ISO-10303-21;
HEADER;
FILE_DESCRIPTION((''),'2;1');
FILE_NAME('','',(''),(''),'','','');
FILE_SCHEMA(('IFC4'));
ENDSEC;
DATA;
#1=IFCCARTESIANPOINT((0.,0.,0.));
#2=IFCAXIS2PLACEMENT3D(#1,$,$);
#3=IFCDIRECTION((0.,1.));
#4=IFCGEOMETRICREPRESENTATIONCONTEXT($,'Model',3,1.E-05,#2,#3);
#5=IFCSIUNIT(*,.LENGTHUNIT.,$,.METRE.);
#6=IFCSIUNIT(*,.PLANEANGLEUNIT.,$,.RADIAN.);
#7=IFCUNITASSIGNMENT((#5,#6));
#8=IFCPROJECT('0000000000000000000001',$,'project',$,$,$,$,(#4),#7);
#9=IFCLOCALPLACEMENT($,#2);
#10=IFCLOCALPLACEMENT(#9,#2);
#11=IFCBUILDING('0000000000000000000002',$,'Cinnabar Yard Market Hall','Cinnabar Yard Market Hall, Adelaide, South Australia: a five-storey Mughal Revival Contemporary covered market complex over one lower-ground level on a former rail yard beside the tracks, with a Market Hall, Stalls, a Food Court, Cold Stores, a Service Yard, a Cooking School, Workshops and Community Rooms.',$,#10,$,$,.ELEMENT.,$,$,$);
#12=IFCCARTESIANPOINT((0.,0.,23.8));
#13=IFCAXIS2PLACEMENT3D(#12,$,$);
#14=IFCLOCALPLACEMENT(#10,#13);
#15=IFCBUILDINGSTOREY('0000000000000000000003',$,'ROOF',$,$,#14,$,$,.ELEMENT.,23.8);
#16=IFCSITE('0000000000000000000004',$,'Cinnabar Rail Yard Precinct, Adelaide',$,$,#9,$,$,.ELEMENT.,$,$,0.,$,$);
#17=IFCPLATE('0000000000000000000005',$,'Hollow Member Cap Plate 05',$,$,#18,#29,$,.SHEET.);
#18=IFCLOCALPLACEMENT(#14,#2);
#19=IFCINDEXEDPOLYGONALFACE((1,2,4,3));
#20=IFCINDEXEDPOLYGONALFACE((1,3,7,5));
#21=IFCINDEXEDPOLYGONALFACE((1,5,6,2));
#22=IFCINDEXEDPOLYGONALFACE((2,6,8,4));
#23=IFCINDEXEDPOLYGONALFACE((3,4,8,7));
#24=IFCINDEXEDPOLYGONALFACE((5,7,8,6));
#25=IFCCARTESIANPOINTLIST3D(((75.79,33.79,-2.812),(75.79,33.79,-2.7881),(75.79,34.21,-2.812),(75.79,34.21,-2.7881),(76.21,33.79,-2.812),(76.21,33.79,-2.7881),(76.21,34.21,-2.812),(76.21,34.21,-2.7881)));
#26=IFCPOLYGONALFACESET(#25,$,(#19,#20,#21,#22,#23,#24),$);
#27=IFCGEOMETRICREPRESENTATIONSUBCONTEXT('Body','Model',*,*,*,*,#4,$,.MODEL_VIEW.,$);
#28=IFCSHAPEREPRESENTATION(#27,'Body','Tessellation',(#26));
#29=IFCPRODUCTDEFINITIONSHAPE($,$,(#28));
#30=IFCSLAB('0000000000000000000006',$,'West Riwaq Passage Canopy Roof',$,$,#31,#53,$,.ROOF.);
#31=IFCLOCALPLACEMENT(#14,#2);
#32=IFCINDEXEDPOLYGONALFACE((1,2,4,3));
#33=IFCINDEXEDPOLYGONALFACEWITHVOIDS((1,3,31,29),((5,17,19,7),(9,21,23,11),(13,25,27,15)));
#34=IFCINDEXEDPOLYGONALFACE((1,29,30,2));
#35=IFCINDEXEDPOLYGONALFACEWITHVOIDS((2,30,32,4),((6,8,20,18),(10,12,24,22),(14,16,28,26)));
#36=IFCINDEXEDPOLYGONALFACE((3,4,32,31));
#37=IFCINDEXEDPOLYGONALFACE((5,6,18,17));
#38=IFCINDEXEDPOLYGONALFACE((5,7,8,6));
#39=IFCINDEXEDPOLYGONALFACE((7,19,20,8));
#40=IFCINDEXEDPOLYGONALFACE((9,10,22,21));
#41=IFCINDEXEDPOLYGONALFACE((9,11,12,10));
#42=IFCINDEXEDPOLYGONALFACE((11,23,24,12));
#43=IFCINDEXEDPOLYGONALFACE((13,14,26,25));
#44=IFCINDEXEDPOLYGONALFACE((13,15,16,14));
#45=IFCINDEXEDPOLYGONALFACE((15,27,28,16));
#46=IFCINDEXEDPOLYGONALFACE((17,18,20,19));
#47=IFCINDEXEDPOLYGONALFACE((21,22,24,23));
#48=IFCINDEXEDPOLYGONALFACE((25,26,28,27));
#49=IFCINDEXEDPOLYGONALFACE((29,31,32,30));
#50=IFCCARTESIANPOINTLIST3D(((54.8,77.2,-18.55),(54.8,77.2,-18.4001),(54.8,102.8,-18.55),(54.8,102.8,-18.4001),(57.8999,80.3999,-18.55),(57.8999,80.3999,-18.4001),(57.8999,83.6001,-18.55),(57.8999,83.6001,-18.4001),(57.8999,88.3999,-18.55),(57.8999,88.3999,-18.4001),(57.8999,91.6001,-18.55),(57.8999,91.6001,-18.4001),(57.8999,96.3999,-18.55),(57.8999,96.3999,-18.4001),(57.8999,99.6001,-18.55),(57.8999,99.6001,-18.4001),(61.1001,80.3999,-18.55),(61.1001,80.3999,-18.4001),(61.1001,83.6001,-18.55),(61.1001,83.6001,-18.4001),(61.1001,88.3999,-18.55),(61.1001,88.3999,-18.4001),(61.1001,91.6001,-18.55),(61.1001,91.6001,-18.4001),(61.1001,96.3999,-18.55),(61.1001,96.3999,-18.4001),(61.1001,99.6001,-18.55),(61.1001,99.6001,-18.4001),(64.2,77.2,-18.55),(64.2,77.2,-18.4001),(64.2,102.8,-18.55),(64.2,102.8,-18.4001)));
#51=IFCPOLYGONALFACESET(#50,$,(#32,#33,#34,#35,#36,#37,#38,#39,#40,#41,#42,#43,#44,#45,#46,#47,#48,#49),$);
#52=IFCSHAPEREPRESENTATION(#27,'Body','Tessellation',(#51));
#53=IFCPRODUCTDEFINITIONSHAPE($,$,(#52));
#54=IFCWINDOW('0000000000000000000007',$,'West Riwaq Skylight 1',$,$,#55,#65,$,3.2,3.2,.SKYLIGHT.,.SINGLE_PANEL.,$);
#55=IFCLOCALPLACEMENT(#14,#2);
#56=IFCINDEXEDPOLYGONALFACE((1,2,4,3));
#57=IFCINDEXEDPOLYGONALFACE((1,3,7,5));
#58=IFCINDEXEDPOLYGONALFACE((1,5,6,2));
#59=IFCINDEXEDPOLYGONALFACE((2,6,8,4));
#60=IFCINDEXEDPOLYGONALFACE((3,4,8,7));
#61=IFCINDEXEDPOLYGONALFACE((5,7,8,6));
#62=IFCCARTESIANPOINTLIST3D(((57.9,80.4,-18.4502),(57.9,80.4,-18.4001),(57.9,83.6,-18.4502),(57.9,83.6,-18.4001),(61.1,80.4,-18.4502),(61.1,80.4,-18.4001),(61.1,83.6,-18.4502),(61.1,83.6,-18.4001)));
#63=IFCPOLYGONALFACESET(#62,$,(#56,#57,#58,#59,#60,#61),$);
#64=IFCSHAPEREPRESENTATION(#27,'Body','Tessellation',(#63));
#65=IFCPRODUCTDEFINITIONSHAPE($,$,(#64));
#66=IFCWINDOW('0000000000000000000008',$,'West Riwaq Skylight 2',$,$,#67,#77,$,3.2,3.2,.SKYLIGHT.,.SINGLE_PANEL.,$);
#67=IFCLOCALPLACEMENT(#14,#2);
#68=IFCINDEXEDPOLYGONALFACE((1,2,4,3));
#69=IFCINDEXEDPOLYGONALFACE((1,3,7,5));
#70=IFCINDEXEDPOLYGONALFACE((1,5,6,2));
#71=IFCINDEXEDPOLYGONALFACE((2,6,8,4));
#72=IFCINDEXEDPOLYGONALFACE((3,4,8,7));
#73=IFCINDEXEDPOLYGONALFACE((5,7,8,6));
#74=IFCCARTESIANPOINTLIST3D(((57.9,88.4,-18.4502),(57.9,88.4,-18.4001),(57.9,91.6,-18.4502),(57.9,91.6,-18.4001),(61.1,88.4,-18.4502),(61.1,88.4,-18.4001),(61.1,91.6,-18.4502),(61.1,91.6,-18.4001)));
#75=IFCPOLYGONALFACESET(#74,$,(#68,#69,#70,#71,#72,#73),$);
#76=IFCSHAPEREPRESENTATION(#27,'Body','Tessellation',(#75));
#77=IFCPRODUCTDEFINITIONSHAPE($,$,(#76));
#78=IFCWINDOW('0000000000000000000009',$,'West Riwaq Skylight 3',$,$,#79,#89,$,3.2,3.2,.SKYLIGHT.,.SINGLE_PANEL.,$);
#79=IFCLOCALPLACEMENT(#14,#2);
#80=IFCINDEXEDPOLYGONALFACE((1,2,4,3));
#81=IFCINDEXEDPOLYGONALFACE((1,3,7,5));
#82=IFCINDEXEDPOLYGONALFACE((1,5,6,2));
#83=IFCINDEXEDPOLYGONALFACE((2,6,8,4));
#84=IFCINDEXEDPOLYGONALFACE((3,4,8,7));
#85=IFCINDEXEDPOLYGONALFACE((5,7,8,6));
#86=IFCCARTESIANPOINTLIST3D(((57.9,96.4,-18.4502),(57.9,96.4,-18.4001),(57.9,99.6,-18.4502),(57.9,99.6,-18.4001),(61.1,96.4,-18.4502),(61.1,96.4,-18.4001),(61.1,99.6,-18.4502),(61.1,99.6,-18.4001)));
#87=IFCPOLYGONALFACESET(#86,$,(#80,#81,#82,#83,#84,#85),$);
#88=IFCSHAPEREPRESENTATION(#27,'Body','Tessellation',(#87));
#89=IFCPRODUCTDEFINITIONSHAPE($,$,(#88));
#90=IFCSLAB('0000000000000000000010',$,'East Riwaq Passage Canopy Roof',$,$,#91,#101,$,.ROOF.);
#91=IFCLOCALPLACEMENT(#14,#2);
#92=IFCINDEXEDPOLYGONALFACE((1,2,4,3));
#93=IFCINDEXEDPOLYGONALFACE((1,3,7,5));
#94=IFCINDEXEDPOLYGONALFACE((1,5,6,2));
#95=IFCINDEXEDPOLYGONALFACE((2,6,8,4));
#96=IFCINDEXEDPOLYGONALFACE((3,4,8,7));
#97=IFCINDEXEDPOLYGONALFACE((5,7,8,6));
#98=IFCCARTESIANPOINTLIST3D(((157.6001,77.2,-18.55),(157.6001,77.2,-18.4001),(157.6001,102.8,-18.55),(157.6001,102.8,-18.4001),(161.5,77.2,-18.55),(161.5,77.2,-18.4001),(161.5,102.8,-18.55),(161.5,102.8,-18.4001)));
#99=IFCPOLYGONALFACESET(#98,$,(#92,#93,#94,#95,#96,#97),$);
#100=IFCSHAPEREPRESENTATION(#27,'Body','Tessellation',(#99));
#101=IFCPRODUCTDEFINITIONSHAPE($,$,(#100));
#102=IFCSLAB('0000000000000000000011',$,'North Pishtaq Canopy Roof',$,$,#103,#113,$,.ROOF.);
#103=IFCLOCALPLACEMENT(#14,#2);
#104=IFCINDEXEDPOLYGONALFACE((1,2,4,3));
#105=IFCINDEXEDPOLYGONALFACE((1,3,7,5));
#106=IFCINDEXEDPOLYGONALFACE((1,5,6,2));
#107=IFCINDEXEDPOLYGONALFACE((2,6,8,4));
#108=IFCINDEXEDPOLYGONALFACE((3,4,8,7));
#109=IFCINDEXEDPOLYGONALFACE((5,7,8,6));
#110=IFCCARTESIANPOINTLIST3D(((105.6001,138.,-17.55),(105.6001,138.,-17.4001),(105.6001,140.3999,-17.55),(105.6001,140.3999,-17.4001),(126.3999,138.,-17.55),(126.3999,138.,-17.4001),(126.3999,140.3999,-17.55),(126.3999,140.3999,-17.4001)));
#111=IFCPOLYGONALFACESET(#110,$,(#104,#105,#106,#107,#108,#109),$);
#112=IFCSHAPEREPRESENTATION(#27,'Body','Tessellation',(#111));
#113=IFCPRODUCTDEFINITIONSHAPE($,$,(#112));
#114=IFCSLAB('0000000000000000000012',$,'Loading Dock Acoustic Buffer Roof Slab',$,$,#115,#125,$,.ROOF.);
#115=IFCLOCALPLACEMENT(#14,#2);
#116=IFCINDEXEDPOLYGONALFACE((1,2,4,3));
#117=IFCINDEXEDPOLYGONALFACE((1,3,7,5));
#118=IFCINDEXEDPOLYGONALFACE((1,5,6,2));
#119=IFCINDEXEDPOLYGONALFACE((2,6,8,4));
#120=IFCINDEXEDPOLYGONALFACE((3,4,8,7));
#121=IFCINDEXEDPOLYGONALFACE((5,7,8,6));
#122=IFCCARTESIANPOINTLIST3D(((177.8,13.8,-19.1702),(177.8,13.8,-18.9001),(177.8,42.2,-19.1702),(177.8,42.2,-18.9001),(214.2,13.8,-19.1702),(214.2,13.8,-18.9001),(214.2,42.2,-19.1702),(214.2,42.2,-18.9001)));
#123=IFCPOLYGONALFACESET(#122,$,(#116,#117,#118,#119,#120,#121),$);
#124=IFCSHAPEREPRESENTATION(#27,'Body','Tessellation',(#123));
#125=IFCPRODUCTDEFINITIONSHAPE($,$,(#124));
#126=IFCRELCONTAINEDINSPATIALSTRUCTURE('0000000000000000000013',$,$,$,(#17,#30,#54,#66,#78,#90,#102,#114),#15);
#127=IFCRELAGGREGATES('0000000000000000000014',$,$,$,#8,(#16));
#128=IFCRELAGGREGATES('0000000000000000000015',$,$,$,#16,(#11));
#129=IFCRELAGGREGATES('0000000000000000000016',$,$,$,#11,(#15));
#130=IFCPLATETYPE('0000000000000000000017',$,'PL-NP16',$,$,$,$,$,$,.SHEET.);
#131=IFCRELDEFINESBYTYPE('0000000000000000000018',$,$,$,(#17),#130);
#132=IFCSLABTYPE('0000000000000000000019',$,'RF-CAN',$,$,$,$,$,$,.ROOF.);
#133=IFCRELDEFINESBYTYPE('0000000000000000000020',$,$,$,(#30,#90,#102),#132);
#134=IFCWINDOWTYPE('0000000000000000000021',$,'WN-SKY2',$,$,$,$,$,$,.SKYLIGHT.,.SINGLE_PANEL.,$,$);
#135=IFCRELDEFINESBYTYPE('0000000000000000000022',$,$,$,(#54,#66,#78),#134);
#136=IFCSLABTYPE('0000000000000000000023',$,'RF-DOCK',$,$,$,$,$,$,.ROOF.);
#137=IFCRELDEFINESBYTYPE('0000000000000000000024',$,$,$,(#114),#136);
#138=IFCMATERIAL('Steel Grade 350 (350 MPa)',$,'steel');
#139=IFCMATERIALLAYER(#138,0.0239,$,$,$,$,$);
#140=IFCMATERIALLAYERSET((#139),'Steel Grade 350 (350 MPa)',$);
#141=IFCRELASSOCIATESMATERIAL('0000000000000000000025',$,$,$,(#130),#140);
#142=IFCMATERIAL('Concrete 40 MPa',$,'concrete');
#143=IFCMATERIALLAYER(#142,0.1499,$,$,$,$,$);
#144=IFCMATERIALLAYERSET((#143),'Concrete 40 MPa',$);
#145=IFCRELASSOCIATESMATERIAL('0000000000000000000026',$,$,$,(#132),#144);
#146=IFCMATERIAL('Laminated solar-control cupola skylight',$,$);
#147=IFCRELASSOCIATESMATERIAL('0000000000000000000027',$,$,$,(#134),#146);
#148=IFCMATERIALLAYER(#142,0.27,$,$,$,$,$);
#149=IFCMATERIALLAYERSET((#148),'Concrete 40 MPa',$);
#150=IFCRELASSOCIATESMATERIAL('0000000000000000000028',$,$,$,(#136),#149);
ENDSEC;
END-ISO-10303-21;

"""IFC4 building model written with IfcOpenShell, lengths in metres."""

from ifc_helpers import new_model, si_unit, direction, frame, origin, origin_2d_with_axis, place, context, subcontext, project, spatial, polyline, rectangle, outline, extrude, material, layer, layer_set, type_object, element, fill, save


model = new_model("IFC4")

# Units and contexts
model_context = context("Model", 3, precision=1e-05, world=origin(), true_north=direction((0.0, 1.0)))
body_context = subcontext(model_context, "Body", "Model", "MODEL_VIEW")
ifc_project = project(units=[si_unit("LENGTHUNIT", "METRE"), si_unit("PLANEANGLEUNIT", "RADIAN")], contexts=[model_context])

# Site, building, storey
site_placement = place(None, origin())
site = spatial("IfcSite", under=ifc_project, at=site_placement, Name="Cinnabar Rail Yard Precinct, Adelaide", CompositionType="ELEMENT", RefElevation=0.0)
building_placement = place(site_placement, origin())
building = spatial("IfcBuilding", under=site, at=building_placement, Name="Cinnabar Yard Market Hall", Description="Cinnabar Yard Market Hall, Adelaide, South Australia: a five-storey Mughal Revival Contemporary covered market complex over one lower-ground level on a former rail yard beside the tracks, with a Market Hall, Stalls, a Food Court, Cold Stores, a Service Yard, a Cooking School, Workshops and Community Rooms.", CompositionType="ELEMENT")
storey_placement = place(building_placement, frame((0.0, 0.0, 23.8)))
storey = spatial("IfcBuildingStorey", under=building, at=storey_placement, Name="ROOF", CompositionType="ELEMENT", Elevation=23.8)

# Shared definitions
ifc_material_1 = material(Name="Steel Grade 350 (350 MPa)", Category="steel")

# Plate
ifc_layer_1 = layer(ifc_material_1, 0.0239)
ifc_layer_set_1 = layer_set([ifc_layer_1], Name="Steel Grade 350 (350 MPa)")
plate_type = type_object("IfcPlateType", Name="PL-NP16", PredefinedType="SHEET", material=ifc_layer_set_1)
plate_placement = place(storey_placement, frame((76.0, 34.0, -2.812), z_axis=(0.0, 0.0, 1.0), x_axis=(1.0, 0.0, 0.0)))
element("IfcPlate", 1, at=plate_placement, inside=storey, type_object=plate_type, Name="Hollow Member Cap Plate 05", PredefinedType="SHEET", context=body_context, shape_type="SweptSolid", body=[
    extrude(rectangle(XDim=0.4199, YDim=0.4199, at=origin_2d_with_axis()), origin(), (0.0, 0.0, 1.0), 0.0239),
])

# Slab, openings, windows
ifc_material_2 = material(Name="Concrete 40 MPa", Category="concrete")
ifc_layer_2 = layer(ifc_material_2, 0.1499)
ifc_layer_set_2 = layer_set([ifc_layer_2], Name="Concrete 40 MPa")
slab_type_1 = type_object("IfcSlabType", Name="RF-CAN", PredefinedType="ROOF", material=ifc_layer_set_2)
slab_1_placement = place(storey_placement, frame((0.0, 0.0, -18.55)))
slab_1 = element("IfcSlab", 2, at=slab_1_placement, inside=storey, type_object=slab_type_1, Name="West Riwaq Passage Canopy Roof", PredefinedType="ROOF", context=body_context, shape_type="SweptSolid", body=[
    extrude(outline(polyline([(54.8, 77.2), (64.2, 77.2), (64.2, 102.8), (54.8, 102.8), (54.8, 77.2)]), holes=[polyline([(57.8999, 80.3999), (61.1001, 80.3999), (61.1001, 83.6001), (57.8999, 83.6001), (57.8999, 80.3999)]), polyline([(57.8999, 88.3999), (61.1001, 88.3999), (61.1001, 91.6001), (57.8999, 91.6001), (57.8999, 88.3999)]), polyline([(57.8999, 96.3999), (61.1001, 96.3999), (61.1001, 99.6001), (57.8999, 99.6001), (57.8999, 96.3999)])]), origin(), (0.0, 0.0, 1.0), 0.1499),
])
opening_1_placement = place(slab_1_placement, frame((59.5, 82.0, 0.0)))
opening_1 = element("IfcOpeningElement", 3, at=opening_1_placement, cuts=slab_1, PredefinedType="OPENING", context=body_context, shape_type="SweptSolid", body=[
    extrude(rectangle(XDim=3.2, YDim=3.2, at=origin_2d_with_axis()), frame((0.0, 0.0, -0.01)), (0.0, 0.0, 1.0), 0.1699),
])
opening_2_placement = place(slab_1_placement, frame((59.5, 90.0, 0.0)))
opening_2 = element("IfcOpeningElement", 4, at=opening_2_placement, cuts=slab_1, PredefinedType="OPENING", context=body_context, shape_type="SweptSolid", body=[
    extrude(rectangle(XDim=3.2, YDim=3.2, at=origin_2d_with_axis()), frame((0.0, 0.0, -0.01)), (0.0, 0.0, 1.0), 0.1699),
])
opening_3_placement = place(slab_1_placement, frame((59.5, 98.0, 0.0)))
opening_3 = element("IfcOpeningElement", 5, at=opening_3_placement, cuts=slab_1, PredefinedType="OPENING", context=body_context, shape_type="SweptSolid", body=[
    extrude(rectangle(XDim=3.2, YDim=3.2, at=origin_2d_with_axis()), frame((0.0, 0.0, -0.01)), (0.0, 0.0, 1.0), 0.1699),
])
ifc_material_3 = material(Name="Laminated solar-control cupola skylight")
window_type = type_object("IfcWindowType", Name="WN-SKY2", PartitioningType="SINGLE_PANEL", PredefinedType="SKYLIGHT", material=ifc_material_3)
window_1_placement = place(opening_1_placement, frame((0.0, 0.0, 0.0999)))
window_1 = element("IfcWindow", 6, at=window_1_placement, inside=storey, type_object=window_type, Name="West Riwaq Skylight 1", OverallHeight=3.2, OverallWidth=3.2, PartitioningType="SINGLE_PANEL", PredefinedType="SKYLIGHT", context=body_context, shape_type="SweptSolid", body=[
    extrude(rectangle(XDim=3.2, YDim=3.2, at=origin_2d_with_axis()), origin(), (0.0, 0.0, 1.0), 0.05),
])
fill(opening_1, window_1)
window_2_placement = place(opening_2_placement, frame((0.0, 0.0, 0.0999)))
window_2 = element("IfcWindow", 7, at=window_2_placement, inside=storey, type_object=window_type, Name="West Riwaq Skylight 2", OverallHeight=3.2, OverallWidth=3.2, PartitioningType="SINGLE_PANEL", PredefinedType="SKYLIGHT", context=body_context, shape_type="SweptSolid", body=[
    extrude(rectangle(XDim=3.2, YDim=3.2, at=origin_2d_with_axis()), origin(), (0.0, 0.0, 1.0), 0.05),
])
fill(opening_2, window_2)
window_3_placement = place(opening_3_placement, frame((0.0, 0.0, 0.0999)))
window_3 = element("IfcWindow", 8, at=window_3_placement, inside=storey, type_object=window_type, Name="West Riwaq Skylight 3", OverallHeight=3.2, OverallWidth=3.2, PartitioningType="SINGLE_PANEL", PredefinedType="SKYLIGHT", context=body_context, shape_type="SweptSolid", body=[
    extrude(rectangle(XDim=3.2, YDim=3.2, at=origin_2d_with_axis()), origin(), (0.0, 0.0, 1.0), 0.05),
])
fill(opening_3, window_3)

# Slabs
slab_2_placement = place(storey_placement, frame((0.0, 0.0, -18.55)))
element("IfcSlab", 9, at=slab_2_placement, inside=storey, type_object=slab_type_1, Name="East Riwaq Passage Canopy Roof", PredefinedType="ROOF", context=body_context, shape_type="SweptSolid", body=[
    extrude(outline(polyline([(157.6001, 77.2), (161.5, 77.2), (161.5, 102.8), (157.6001, 102.8), (157.6001, 77.2)])), origin(), (0.0, 0.0, 1.0), 0.1499),
])
slab_3_placement = place(storey_placement, frame((0.0, 0.0, -17.55)))
element("IfcSlab", 10, at=slab_3_placement, inside=storey, type_object=slab_type_1, Name="North Pishtaq Canopy Roof", PredefinedType="ROOF", context=body_context, shape_type="SweptSolid", body=[
    extrude(outline(polyline([(105.6001, 138.0), (126.3999, 138.0), (126.3999, 140.3999), (105.6001, 140.3999), (105.6001, 138.0)])), origin(), (0.0, 0.0, 1.0), 0.1499),
])
ifc_layer_3 = layer(ifc_material_2, 0.27)
ifc_layer_set_3 = layer_set([ifc_layer_3], Name="Concrete 40 MPa")
slab_type_2 = type_object("IfcSlabType", Name="RF-DOCK", PredefinedType="ROOF", material=ifc_layer_set_3)
slab_4_placement = place(storey_placement, frame((0.0, 0.0, -19.1702)))
element("IfcSlab", 11, at=slab_4_placement, inside=storey, type_object=slab_type_2, Name="Loading Dock Acoustic Buffer Roof Slab", PredefinedType="ROOF", context=body_context, shape_type="SweptSolid", body=[
    extrude(outline(polyline([(177.8, 13.8), (214.2, 13.8), (214.2, 42.2), (177.8, 42.2), (177.8, 13.8)])), origin(), (0.0, 0.0, 1.0), 0.27),
])

save(model, "model.ifc")
